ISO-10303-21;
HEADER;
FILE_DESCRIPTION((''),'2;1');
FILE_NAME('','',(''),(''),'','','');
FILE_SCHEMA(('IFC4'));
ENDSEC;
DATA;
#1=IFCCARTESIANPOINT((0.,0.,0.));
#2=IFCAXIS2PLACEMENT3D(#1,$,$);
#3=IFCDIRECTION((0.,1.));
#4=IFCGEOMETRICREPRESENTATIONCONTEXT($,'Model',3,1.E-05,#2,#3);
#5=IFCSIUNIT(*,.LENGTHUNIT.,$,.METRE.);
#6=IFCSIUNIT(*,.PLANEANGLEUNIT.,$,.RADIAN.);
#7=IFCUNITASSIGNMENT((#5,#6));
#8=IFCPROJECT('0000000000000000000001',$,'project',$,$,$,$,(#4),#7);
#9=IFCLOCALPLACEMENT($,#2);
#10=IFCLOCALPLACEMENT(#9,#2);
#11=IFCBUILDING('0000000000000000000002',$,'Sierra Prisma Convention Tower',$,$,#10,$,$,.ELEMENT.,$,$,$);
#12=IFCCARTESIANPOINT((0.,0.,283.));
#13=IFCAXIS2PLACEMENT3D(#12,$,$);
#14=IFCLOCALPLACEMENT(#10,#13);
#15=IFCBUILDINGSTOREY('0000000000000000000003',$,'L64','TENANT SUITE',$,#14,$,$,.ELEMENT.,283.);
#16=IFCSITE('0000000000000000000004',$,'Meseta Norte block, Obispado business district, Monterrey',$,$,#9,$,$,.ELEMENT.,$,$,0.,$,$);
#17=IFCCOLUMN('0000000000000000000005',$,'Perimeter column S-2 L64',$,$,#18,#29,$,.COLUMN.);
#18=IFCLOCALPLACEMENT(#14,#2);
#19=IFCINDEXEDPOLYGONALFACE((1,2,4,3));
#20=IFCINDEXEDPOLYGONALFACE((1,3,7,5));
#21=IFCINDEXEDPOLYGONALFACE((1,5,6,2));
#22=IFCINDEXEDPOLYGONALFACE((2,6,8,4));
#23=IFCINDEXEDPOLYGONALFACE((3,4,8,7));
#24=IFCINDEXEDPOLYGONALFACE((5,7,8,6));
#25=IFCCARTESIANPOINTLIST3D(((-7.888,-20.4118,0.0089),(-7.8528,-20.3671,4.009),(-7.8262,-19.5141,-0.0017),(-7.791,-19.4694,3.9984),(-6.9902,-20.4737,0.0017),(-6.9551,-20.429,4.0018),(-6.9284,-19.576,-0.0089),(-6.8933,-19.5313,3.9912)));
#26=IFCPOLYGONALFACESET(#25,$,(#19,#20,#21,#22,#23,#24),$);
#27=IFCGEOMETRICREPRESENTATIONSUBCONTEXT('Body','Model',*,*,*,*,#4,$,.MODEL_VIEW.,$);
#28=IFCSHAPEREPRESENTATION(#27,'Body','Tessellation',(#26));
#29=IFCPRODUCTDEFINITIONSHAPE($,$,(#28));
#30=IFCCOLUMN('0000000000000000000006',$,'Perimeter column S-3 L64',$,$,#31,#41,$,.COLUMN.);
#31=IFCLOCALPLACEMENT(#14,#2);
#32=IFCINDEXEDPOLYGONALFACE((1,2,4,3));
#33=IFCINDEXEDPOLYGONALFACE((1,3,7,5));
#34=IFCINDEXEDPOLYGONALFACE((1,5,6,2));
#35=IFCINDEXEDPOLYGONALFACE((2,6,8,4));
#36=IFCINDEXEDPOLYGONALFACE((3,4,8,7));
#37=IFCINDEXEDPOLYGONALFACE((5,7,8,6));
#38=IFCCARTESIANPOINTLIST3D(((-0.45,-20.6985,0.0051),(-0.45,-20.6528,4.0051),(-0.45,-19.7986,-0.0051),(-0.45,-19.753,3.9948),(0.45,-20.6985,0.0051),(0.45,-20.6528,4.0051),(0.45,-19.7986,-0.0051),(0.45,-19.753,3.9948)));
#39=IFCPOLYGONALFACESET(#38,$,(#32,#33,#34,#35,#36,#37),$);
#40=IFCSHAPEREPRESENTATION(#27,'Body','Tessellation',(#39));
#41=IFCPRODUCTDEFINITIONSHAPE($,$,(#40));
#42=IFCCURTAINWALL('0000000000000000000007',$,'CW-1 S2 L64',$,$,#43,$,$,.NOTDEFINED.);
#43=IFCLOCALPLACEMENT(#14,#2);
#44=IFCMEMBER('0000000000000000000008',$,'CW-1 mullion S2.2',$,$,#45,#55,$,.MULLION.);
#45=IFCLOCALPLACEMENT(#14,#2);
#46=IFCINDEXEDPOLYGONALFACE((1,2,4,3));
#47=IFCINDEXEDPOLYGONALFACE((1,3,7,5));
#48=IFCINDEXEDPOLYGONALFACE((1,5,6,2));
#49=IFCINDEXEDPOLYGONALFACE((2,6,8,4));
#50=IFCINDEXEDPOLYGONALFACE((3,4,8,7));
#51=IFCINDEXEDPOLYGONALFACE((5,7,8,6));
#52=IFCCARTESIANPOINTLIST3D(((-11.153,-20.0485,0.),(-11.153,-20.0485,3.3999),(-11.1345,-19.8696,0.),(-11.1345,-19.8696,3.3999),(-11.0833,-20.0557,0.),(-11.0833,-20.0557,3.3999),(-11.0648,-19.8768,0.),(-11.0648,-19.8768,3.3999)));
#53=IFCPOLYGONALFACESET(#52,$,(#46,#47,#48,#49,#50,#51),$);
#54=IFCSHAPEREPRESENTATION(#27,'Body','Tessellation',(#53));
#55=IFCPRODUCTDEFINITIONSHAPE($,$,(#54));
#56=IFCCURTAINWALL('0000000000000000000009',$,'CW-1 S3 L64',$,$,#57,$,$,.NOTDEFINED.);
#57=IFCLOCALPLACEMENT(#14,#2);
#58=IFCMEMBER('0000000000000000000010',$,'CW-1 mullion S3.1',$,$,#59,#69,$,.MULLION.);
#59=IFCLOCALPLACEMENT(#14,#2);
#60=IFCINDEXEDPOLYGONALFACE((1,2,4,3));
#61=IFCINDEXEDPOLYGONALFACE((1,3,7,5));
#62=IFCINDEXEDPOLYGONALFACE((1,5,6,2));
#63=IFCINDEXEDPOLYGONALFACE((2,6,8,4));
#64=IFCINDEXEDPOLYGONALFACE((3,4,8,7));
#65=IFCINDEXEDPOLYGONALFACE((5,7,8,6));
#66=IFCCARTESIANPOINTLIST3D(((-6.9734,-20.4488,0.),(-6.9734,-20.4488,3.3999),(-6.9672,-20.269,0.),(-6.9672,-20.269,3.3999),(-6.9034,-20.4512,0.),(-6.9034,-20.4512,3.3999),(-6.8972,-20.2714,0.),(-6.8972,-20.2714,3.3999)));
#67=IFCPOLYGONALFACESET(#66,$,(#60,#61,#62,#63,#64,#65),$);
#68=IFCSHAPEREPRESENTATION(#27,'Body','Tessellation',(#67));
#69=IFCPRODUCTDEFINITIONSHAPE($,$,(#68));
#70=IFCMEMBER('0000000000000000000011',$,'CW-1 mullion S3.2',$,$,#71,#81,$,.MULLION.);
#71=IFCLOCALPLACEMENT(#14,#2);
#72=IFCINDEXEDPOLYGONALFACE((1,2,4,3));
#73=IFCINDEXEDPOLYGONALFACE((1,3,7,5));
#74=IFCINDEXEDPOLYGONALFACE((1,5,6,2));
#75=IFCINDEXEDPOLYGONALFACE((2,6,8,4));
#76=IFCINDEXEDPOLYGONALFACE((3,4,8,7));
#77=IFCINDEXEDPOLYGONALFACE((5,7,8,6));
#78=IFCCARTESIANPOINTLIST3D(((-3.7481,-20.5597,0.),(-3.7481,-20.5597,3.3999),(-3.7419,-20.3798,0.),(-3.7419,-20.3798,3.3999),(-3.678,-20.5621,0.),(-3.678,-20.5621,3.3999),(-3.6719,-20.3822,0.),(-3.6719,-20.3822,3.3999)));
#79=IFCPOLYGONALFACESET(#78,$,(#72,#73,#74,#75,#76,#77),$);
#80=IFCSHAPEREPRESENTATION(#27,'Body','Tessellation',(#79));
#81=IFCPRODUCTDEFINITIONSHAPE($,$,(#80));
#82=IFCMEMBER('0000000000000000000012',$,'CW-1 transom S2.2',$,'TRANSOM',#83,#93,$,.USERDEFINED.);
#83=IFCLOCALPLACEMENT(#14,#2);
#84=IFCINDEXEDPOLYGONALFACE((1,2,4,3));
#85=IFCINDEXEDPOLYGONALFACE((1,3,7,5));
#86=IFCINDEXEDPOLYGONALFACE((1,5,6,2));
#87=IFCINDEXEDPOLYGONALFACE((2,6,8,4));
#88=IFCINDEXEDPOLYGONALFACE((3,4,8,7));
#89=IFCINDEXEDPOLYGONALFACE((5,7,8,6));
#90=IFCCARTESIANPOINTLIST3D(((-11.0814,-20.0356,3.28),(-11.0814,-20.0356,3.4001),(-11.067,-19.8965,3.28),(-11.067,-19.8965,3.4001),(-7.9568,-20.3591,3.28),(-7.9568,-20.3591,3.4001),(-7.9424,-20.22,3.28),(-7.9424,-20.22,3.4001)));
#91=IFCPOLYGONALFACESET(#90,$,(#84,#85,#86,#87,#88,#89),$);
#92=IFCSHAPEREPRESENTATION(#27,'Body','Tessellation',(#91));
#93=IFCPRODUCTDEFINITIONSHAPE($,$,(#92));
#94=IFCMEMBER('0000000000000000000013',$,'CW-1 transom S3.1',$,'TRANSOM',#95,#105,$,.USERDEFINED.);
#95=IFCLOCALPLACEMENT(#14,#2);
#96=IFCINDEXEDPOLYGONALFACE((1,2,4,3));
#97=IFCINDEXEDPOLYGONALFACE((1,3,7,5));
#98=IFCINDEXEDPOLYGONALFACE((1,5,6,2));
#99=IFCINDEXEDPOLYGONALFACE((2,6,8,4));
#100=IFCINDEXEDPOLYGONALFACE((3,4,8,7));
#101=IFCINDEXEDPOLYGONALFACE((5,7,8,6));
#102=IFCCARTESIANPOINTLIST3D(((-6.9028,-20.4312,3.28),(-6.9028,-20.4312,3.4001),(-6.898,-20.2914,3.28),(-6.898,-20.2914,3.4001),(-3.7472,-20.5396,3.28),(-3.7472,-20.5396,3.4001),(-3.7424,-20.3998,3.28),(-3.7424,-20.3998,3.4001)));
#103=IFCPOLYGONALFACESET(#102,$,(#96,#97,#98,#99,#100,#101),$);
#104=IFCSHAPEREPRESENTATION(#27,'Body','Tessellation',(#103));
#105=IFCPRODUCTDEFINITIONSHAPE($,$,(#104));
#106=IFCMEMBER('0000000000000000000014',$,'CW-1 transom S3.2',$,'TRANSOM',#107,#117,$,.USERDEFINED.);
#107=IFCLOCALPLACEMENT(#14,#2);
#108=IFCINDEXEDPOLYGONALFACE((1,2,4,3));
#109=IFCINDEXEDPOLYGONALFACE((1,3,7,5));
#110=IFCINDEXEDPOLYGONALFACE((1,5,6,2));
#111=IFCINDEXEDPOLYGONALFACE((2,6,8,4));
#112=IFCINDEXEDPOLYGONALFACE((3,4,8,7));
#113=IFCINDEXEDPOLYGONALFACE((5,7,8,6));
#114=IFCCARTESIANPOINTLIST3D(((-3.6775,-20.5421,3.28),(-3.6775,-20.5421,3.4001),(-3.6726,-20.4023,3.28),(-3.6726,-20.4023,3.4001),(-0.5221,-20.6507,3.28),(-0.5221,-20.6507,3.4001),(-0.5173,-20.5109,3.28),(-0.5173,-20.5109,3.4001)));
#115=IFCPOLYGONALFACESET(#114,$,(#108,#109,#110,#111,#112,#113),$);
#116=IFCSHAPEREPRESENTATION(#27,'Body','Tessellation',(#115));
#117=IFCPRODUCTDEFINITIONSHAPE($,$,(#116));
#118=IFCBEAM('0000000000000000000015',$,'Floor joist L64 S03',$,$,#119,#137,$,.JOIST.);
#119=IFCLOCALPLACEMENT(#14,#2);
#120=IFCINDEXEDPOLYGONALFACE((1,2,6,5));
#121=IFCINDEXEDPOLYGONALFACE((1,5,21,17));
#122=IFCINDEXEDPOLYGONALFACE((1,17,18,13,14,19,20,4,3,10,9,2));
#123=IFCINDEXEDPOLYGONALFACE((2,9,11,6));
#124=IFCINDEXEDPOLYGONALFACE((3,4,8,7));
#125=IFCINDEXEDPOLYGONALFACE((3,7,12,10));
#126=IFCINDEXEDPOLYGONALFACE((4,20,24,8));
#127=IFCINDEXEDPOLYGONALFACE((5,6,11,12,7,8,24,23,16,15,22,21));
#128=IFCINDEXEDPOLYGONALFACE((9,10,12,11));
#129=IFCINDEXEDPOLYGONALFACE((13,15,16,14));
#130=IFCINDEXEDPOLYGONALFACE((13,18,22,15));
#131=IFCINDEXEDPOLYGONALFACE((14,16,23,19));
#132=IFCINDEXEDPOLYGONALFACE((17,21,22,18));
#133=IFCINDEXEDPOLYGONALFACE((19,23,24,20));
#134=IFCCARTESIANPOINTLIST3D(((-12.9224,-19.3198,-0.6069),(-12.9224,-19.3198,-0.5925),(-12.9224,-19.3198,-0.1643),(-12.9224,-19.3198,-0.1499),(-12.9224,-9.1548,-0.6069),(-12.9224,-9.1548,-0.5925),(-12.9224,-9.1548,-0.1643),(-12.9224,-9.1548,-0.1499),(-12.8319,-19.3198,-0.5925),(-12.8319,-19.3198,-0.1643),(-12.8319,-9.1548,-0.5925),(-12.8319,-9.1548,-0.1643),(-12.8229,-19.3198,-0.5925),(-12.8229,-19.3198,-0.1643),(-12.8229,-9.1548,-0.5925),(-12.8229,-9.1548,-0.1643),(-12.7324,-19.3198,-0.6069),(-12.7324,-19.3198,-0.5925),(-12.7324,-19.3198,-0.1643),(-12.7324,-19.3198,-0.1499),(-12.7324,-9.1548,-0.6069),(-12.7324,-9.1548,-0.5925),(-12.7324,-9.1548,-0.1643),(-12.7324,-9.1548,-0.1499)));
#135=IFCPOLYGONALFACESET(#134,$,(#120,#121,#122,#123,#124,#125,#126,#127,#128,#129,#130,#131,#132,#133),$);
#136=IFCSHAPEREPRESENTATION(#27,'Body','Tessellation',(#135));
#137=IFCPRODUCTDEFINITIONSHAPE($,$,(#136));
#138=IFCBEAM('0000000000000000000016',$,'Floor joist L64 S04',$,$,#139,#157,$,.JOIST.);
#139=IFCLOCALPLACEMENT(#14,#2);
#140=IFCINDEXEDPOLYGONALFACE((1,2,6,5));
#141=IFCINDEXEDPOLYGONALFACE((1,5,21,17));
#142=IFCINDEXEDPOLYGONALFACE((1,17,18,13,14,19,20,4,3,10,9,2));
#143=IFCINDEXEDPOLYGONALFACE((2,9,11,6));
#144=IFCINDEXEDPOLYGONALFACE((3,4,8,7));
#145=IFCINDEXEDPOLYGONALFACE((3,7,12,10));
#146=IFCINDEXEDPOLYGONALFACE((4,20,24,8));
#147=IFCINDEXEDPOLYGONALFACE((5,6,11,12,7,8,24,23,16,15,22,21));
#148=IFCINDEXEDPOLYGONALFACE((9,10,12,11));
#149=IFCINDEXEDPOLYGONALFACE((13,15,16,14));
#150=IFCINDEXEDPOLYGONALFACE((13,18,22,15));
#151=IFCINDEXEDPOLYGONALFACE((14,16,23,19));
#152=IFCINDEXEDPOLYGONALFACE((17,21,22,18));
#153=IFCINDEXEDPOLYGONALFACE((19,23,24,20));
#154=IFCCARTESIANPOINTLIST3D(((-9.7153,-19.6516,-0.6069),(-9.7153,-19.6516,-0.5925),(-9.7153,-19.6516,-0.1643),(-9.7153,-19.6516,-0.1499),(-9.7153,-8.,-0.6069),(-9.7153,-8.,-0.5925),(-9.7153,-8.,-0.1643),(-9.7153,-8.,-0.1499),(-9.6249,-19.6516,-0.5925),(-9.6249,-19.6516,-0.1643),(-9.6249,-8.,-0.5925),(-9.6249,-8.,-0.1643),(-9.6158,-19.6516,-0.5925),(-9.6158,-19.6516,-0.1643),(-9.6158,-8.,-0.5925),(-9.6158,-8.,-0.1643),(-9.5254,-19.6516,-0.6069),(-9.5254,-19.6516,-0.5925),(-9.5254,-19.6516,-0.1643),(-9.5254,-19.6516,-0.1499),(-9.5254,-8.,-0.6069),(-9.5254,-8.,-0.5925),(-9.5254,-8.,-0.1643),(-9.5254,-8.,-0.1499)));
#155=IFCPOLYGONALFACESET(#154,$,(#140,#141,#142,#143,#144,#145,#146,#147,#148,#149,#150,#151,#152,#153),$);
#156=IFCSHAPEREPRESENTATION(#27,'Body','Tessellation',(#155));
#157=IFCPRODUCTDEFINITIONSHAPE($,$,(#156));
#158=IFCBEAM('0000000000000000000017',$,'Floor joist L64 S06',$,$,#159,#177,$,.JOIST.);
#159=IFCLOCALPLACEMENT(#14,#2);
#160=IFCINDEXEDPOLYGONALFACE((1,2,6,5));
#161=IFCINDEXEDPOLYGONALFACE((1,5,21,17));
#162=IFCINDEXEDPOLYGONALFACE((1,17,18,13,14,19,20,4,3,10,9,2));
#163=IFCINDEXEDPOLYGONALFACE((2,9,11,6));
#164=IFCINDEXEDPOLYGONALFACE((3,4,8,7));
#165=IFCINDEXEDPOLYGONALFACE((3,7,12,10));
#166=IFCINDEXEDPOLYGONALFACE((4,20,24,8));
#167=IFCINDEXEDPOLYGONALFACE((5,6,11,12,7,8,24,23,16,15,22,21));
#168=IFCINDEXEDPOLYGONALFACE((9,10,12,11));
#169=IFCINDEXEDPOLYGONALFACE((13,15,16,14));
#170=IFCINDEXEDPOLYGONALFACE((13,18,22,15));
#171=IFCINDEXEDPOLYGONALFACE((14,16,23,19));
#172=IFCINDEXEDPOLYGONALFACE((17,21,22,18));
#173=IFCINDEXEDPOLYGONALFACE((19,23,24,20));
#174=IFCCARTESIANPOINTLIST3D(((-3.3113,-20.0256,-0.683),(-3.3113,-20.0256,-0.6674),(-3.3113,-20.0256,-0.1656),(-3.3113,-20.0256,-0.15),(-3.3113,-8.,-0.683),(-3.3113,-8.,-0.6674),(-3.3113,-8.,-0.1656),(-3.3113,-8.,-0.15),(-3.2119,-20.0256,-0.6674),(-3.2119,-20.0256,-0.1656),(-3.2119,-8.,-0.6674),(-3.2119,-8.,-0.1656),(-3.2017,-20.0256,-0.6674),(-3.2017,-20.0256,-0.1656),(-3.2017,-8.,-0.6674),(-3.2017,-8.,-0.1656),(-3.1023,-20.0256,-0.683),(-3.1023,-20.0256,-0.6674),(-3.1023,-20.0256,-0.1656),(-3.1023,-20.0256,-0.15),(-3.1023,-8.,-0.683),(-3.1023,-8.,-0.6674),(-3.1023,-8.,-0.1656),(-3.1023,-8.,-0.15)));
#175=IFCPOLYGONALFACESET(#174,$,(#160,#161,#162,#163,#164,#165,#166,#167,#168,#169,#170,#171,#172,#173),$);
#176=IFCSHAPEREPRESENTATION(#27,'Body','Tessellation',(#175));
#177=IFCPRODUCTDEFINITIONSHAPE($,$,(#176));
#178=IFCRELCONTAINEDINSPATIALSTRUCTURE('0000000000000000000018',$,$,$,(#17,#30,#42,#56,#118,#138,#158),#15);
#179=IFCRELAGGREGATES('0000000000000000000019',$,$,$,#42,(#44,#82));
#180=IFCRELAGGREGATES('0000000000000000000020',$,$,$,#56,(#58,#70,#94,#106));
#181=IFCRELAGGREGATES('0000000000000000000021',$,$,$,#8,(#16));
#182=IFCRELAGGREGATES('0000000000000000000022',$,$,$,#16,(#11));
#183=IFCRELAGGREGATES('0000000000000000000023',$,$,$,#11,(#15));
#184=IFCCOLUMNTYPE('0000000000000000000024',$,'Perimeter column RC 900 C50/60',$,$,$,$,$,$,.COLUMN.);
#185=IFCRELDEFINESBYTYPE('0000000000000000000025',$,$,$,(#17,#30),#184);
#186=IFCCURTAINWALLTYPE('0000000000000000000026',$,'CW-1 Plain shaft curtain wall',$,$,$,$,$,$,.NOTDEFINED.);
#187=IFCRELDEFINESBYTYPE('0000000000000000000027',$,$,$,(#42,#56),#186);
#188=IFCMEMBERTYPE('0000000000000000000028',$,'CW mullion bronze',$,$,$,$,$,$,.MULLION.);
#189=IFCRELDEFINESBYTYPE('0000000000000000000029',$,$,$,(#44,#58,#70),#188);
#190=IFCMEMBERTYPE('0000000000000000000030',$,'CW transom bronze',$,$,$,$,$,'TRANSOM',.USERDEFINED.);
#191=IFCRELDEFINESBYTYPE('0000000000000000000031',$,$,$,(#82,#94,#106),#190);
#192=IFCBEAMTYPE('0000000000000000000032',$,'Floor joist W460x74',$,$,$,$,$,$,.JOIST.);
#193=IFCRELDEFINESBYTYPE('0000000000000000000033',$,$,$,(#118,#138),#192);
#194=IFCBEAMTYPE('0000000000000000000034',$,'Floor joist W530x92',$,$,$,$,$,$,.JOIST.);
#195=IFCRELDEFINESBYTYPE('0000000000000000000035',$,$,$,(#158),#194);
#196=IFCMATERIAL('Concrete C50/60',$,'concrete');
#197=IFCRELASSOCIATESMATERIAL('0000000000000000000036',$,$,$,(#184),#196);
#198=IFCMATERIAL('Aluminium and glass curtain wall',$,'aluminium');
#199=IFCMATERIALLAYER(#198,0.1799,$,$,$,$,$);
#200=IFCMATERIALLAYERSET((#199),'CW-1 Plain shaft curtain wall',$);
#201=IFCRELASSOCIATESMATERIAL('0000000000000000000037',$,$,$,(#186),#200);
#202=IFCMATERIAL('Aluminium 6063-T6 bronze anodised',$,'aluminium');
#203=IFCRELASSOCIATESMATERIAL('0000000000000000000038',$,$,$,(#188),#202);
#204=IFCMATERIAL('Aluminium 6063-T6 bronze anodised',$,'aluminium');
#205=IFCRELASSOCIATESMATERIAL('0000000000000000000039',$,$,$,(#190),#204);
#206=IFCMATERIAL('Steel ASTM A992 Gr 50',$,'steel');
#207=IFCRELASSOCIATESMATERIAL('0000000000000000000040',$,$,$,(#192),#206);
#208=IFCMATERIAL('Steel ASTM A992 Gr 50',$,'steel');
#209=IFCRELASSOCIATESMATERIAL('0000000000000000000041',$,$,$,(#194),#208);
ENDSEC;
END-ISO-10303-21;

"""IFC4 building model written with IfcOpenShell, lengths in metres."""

from ifc_helpers import new_model, si_unit, direction, frame, origin, origin_2d, place, context, subcontext, project, spatial, rectangle, i_section, extrude, material, layer, layer_set, material_profile, profile_set, type_object, element, aggregate, save


model = new_model("IFC4")

# Units and contexts
model_context = context("Model", 3, precision=1e-05, world=origin(), true_north=direction((0.0, 1.0)))
body_context = subcontext(model_context, "Body", "Model", "MODEL_VIEW")
ifc_project = project(units=[si_unit("LENGTHUNIT", "METRE"), si_unit("PLANEANGLEUNIT", "RADIAN")], contexts=[model_context])

# Site, building, storey
site_placement = place(None, origin())
site = spatial("IfcSite", under=ifc_project, at=site_placement, Name="Meseta Norte block, Obispado business district, Monterrey", CompositionType="ELEMENT", RefElevation=0.0)
building_placement = place(site_placement, origin())
building = spatial("IfcBuilding", under=site, at=building_placement, Name="Sierra Prisma Convention Tower", CompositionType="ELEMENT")
storey_placement = place(building_placement, frame((0.0, 0.0, 283.0)))
storey = spatial("IfcBuildingStorey", under=building, at=storey_placement, Name="L64", Description="TENANT SUITE", CompositionType="ELEMENT", Elevation=283.0)

# Columns
ifc_material_1 = material(Name="Concrete C50/60", Category="concrete")
ifc_material_profile_1 = material_profile(ifc_material_1, rectangle(XDim=0.8999, YDim=0.8999, at=origin_2d()), Name="Perimeter column RC 900 C50/60")
ifc_profile_set_1 = profile_set([ifc_material_profile_1], Name="Concrete C50/60")
column_type = type_object("IfcColumnType", Name="Perimeter column RC 900 C50/60", PredefinedType="COLUMN", material=ifc_profile_set_1)
column_1_placement = place(storey_placement, frame((-7.4082, -19.9939, 0.0), z_axis=(0.008788, 0.011168, 0.999899), x_axis=(-0.9976, 0.068781, 0.008)))
element("IfcColumn", 1, at=column_1_placement, inside=storey, type_object=column_type, Name="Perimeter column S-2 L64", PredefinedType="COLUMN", context=body_context, shape_type="SweptSolid", body=[
    extrude(rectangle(XDim=0.8999, YDim=0.8999, at=origin_2d()), origin(), (0.0, 0.0, 1.0), 4.0005),
])
column_2_placement = place(storey_placement, frame((0.0, -20.2485, 0.0), z_axis=(0.0, 0.011413, 0.999935), x_axis=(1.0, 0.0, 0.0)))
element("IfcColumn", 2, at=column_2_placement, inside=storey, type_object=column_type, Name="Perimeter column S-3 L64", PredefinedType="COLUMN", context=body_context, shape_type="SweptSolid", body=[
    extrude(rectangle(XDim=0.8999, YDim=0.8999, at=origin_2d()), origin(), (0.0, 0.0, 1.0), 4.0002),
])

# Curtain wall, member
ifc_material_2 = material(Name="Aluminium and glass curtain wall", Category="aluminium")
ifc_layer_1 = layer(ifc_material_2, 0.1799)
ifc_layer_set_1 = layer_set([ifc_layer_1], Name="CW-1 Plain shaft curtain wall")
curtain_wall_type = type_object("IfcCurtainWallType", Name="CW-1 Plain shaft curtain wall", PredefinedType="NOTDEFINED", material=ifc_layer_set_1)
curtain_wall_1_placement = place(storey_placement, origin())
curtain_wall_1 = element("IfcCurtainWall", 3, at=curtain_wall_1_placement, inside=storey, type_object=curtain_wall_type, Name="CW-1 S2 L64", PredefinedType="NOTDEFINED")
ifc_material_3 = material(Name="Aluminium 6063-T6 bronze anodised", Category="aluminium")
ifc_material_profile_2 = material_profile(ifc_material_3, rectangle(XDim=0.1799, YDim=0.0701, at=origin_2d()), Name="ALU MULLION 70x180")
ifc_profile_set_2 = profile_set([ifc_material_profile_2], Name="Aluminium 6063-T6 bronze anodised")
member_type_1 = type_object("IfcMemberType", Name="CW mullion bronze", PredefinedType="MULLION", material=ifc_profile_set_2)
member_1_placement = place(storey_placement, frame((-11.1089, -19.9626, 0.0), z_axis=(0.0, 0.0, 1.0), x_axis=(0.10293, 0.994689, 0.0)))
member_1 = element("IfcMember", 4, at=member_1_placement, type_object=member_type_1, Name="CW-1 mullion S2.2", PredefinedType="MULLION", context=body_context, shape_type="SweptSolid", body=[
    extrude(rectangle(XDim=0.1799, YDim=0.0701, at=origin_2d()), origin(), (0.0, 0.0, 1.0), 3.3999),
])

# Curtain wall, members
curtain_wall_2_placement = place(storey_placement, origin())
curtain_wall_2 = element("IfcCurtainWall", 5, at=curtain_wall_2_placement, inside=storey, type_object=curtain_wall_type, Name="CW-1 S3 L64", PredefinedType="NOTDEFINED")
member_2_placement = place(storey_placement, frame((-6.9353, -20.3601, 0.0), z_axis=(0.0, 0.0, 1.0), x_axis=(0.034364, 0.999409, 0.0)))
member_2 = element("IfcMember", 6, at=member_2_placement, type_object=member_type_1, Name="CW-1 mullion S3.1", PredefinedType="MULLION", context=body_context, shape_type="SweptSolid", body=[
    extrude(rectangle(XDim=0.1799, YDim=0.0701, at=origin_2d()), origin(), (0.0, 0.0, 1.0), 3.3999),
])
member_3_placement = place(storey_placement, frame((-3.71, -20.4709, 0.0), z_axis=(0.0, 0.0, 1.0), x_axis=(0.034364, 0.999409, 0.0)))
member_3 = element("IfcMember", 7, at=member_3_placement, type_object=member_type_1, Name="CW-1 mullion S3.2", PredefinedType="MULLION", context=body_context, shape_type="SweptSolid", body=[
    extrude(rectangle(XDim=0.1799, YDim=0.0701, at=origin_2d()), origin(), (0.0, 0.0, 1.0), 3.3999),
])

# Members
ifc_material_4 = material(Name="Aluminium 6063-T6 bronze anodised", Category="aluminium")
ifc_material_profile_3 = material_profile(ifc_material_4, rectangle(XDim=0.1399, YDim=0.1201, at=origin_2d()), Name="ALU TRANSOM 120x140")
ifc_profile_set_3 = profile_set([ifc_material_profile_3], Name="Aluminium 6063-T6 bronze anodised")
member_type_2 = type_object("IfcMemberType", Name="CW transom bronze", ElementType="TRANSOM", PredefinedType="USERDEFINED", material=ifc_profile_set_3)
member_4_placement = place(storey_placement, frame((-11.0742, -19.9661, 3.3401), z_axis=(0.994684, -0.102973, 0.0), x_axis=(0.102973, 0.994684, 0.0)))
member_4 = element("IfcMember", 8, at=member_4_placement, type_object=member_type_2, Name="CW-1 transom S2.2", ObjectType="TRANSOM", PredefinedType="USERDEFINED", context=body_context, shape_type="SweptSolid", body=[
    extrude(rectangle(XDim=0.1399, YDim=0.1201, at=origin_2d()), origin(), (0.0, 0.0, 1.0), 3.1414),
])
member_5_placement = place(storey_placement, frame((-6.9004, -20.3613, 3.3401), z_axis=(0.99941, -0.034332, 0.0), x_axis=(0.034332, 0.99941, 0.0)))
member_5 = element("IfcMember", 9, at=member_5_placement, type_object=member_type_2, Name="CW-1 transom S3.1", ObjectType="TRANSOM", PredefinedType="USERDEFINED", context=body_context, shape_type="SweptSolid", body=[
    extrude(rectangle(XDim=0.1399, YDim=0.1201, at=origin_2d()), origin(), (0.0, 0.0, 1.0), 3.1575),
])
member_6_placement = place(storey_placement, frame((-3.675, -20.4722, 3.3401), z_axis=(0.999408, -0.034412, 0.0), x_axis=(0.034412, 0.999408, 0.0)))
member_6 = element("IfcMember", 10, at=member_6_placement, type_object=member_type_2, Name="CW-1 transom S3.2", ObjectType="TRANSOM", PredefinedType="USERDEFINED", context=body_context, shape_type="SweptSolid", body=[
    extrude(rectangle(XDim=0.1399, YDim=0.1201, at=origin_2d()), origin(), (0.0, 0.0, 1.0), 3.1572),
])

# Beams
ifc_material_5 = material(Name="Steel ASTM A992 Gr 50", Category="steel")
ifc_material_profile_4 = material_profile(ifc_material_5, i_section(OverallWidth=0.1899, OverallDepth=0.457, WebThickness=0.009, FlangeThickness=0.0144, at=origin_2d()), Name="W460x74")
ifc_profile_set_4 = profile_set([ifc_material_profile_4], Name="Steel ASTM A992 Gr 50")
beam_type_1 = type_object("IfcBeamType", Name="Floor joist W460x74", PredefinedType="JOIST", material=ifc_profile_set_4)
beam_1_placement = place(storey_placement, frame((-12.8274, -19.3198, -0.3784), z_axis=(0.0, 1.0, 0.0), x_axis=(-1.0, 0.0, 0.0)))
element("IfcBeam", 11, at=beam_1_placement, inside=storey, type_object=beam_type_1, Name="Floor joist L64 S03", PredefinedType="JOIST", context=body_context, shape_type="SweptSolid", body=[
    extrude(i_section(OverallWidth=0.1899, OverallDepth=0.457, WebThickness=0.009, FlangeThickness=0.0144, at=origin_2d()), origin(), (0.0, 0.0, 1.0), 10.165),
])
beam_2_placement = place(storey_placement, frame((-9.6204, -19.6516, -0.3784), z_axis=(0.0, 1.0, 0.0), x_axis=(-1.0, 0.0, 0.0)))
element("IfcBeam", 12, at=beam_2_placement, inside=storey, type_object=beam_type_1, Name="Floor joist L64 S04", PredefinedType="JOIST", context=body_context, shape_type="SweptSolid", body=[
    extrude(i_section(OverallWidth=0.1899, OverallDepth=0.457, WebThickness=0.009, FlangeThickness=0.0144, at=origin_2d()), origin(), (0.0, 0.0, 1.0), 11.6516),
])
ifc_material_6 = material(Name="Steel ASTM A992 Gr 50", Category="steel")
ifc_material_profile_5 = material_profile(ifc_material_6, i_section(OverallWidth=0.209, OverallDepth=0.533, WebThickness=0.0103, FlangeThickness=0.0156, at=origin_2d()), Name="W530x92")
ifc_profile_set_5 = profile_set([ifc_material_profile_5], Name="Steel ASTM A992 Gr 50")
beam_type_2 = type_object("IfcBeamType", Name="Floor joist W530x92", PredefinedType="JOIST", material=ifc_profile_set_5)
beam_3_placement = place(storey_placement, frame((-3.2068, -20.0256, -0.4165), z_axis=(0.0, 1.0, 0.0), x_axis=(-1.0, 0.0, 0.0)))
element("IfcBeam", 13, at=beam_3_placement, inside=storey, type_object=beam_type_2, Name="Floor joist L64 S06", PredefinedType="JOIST", context=body_context, shape_type="SweptSolid", body=[
    extrude(i_section(OverallWidth=0.209, OverallDepth=0.533, WebThickness=0.0103, FlangeThickness=0.0156, at=origin_2d()), origin(), (0.0, 0.0, 1.0), 12.0256),
])

aggregate(curtain_wall_1, [member_1, member_4])
aggregate(curtain_wall_2, [member_2, member_3, member_5, member_6])

save(model, "model.ifc")
